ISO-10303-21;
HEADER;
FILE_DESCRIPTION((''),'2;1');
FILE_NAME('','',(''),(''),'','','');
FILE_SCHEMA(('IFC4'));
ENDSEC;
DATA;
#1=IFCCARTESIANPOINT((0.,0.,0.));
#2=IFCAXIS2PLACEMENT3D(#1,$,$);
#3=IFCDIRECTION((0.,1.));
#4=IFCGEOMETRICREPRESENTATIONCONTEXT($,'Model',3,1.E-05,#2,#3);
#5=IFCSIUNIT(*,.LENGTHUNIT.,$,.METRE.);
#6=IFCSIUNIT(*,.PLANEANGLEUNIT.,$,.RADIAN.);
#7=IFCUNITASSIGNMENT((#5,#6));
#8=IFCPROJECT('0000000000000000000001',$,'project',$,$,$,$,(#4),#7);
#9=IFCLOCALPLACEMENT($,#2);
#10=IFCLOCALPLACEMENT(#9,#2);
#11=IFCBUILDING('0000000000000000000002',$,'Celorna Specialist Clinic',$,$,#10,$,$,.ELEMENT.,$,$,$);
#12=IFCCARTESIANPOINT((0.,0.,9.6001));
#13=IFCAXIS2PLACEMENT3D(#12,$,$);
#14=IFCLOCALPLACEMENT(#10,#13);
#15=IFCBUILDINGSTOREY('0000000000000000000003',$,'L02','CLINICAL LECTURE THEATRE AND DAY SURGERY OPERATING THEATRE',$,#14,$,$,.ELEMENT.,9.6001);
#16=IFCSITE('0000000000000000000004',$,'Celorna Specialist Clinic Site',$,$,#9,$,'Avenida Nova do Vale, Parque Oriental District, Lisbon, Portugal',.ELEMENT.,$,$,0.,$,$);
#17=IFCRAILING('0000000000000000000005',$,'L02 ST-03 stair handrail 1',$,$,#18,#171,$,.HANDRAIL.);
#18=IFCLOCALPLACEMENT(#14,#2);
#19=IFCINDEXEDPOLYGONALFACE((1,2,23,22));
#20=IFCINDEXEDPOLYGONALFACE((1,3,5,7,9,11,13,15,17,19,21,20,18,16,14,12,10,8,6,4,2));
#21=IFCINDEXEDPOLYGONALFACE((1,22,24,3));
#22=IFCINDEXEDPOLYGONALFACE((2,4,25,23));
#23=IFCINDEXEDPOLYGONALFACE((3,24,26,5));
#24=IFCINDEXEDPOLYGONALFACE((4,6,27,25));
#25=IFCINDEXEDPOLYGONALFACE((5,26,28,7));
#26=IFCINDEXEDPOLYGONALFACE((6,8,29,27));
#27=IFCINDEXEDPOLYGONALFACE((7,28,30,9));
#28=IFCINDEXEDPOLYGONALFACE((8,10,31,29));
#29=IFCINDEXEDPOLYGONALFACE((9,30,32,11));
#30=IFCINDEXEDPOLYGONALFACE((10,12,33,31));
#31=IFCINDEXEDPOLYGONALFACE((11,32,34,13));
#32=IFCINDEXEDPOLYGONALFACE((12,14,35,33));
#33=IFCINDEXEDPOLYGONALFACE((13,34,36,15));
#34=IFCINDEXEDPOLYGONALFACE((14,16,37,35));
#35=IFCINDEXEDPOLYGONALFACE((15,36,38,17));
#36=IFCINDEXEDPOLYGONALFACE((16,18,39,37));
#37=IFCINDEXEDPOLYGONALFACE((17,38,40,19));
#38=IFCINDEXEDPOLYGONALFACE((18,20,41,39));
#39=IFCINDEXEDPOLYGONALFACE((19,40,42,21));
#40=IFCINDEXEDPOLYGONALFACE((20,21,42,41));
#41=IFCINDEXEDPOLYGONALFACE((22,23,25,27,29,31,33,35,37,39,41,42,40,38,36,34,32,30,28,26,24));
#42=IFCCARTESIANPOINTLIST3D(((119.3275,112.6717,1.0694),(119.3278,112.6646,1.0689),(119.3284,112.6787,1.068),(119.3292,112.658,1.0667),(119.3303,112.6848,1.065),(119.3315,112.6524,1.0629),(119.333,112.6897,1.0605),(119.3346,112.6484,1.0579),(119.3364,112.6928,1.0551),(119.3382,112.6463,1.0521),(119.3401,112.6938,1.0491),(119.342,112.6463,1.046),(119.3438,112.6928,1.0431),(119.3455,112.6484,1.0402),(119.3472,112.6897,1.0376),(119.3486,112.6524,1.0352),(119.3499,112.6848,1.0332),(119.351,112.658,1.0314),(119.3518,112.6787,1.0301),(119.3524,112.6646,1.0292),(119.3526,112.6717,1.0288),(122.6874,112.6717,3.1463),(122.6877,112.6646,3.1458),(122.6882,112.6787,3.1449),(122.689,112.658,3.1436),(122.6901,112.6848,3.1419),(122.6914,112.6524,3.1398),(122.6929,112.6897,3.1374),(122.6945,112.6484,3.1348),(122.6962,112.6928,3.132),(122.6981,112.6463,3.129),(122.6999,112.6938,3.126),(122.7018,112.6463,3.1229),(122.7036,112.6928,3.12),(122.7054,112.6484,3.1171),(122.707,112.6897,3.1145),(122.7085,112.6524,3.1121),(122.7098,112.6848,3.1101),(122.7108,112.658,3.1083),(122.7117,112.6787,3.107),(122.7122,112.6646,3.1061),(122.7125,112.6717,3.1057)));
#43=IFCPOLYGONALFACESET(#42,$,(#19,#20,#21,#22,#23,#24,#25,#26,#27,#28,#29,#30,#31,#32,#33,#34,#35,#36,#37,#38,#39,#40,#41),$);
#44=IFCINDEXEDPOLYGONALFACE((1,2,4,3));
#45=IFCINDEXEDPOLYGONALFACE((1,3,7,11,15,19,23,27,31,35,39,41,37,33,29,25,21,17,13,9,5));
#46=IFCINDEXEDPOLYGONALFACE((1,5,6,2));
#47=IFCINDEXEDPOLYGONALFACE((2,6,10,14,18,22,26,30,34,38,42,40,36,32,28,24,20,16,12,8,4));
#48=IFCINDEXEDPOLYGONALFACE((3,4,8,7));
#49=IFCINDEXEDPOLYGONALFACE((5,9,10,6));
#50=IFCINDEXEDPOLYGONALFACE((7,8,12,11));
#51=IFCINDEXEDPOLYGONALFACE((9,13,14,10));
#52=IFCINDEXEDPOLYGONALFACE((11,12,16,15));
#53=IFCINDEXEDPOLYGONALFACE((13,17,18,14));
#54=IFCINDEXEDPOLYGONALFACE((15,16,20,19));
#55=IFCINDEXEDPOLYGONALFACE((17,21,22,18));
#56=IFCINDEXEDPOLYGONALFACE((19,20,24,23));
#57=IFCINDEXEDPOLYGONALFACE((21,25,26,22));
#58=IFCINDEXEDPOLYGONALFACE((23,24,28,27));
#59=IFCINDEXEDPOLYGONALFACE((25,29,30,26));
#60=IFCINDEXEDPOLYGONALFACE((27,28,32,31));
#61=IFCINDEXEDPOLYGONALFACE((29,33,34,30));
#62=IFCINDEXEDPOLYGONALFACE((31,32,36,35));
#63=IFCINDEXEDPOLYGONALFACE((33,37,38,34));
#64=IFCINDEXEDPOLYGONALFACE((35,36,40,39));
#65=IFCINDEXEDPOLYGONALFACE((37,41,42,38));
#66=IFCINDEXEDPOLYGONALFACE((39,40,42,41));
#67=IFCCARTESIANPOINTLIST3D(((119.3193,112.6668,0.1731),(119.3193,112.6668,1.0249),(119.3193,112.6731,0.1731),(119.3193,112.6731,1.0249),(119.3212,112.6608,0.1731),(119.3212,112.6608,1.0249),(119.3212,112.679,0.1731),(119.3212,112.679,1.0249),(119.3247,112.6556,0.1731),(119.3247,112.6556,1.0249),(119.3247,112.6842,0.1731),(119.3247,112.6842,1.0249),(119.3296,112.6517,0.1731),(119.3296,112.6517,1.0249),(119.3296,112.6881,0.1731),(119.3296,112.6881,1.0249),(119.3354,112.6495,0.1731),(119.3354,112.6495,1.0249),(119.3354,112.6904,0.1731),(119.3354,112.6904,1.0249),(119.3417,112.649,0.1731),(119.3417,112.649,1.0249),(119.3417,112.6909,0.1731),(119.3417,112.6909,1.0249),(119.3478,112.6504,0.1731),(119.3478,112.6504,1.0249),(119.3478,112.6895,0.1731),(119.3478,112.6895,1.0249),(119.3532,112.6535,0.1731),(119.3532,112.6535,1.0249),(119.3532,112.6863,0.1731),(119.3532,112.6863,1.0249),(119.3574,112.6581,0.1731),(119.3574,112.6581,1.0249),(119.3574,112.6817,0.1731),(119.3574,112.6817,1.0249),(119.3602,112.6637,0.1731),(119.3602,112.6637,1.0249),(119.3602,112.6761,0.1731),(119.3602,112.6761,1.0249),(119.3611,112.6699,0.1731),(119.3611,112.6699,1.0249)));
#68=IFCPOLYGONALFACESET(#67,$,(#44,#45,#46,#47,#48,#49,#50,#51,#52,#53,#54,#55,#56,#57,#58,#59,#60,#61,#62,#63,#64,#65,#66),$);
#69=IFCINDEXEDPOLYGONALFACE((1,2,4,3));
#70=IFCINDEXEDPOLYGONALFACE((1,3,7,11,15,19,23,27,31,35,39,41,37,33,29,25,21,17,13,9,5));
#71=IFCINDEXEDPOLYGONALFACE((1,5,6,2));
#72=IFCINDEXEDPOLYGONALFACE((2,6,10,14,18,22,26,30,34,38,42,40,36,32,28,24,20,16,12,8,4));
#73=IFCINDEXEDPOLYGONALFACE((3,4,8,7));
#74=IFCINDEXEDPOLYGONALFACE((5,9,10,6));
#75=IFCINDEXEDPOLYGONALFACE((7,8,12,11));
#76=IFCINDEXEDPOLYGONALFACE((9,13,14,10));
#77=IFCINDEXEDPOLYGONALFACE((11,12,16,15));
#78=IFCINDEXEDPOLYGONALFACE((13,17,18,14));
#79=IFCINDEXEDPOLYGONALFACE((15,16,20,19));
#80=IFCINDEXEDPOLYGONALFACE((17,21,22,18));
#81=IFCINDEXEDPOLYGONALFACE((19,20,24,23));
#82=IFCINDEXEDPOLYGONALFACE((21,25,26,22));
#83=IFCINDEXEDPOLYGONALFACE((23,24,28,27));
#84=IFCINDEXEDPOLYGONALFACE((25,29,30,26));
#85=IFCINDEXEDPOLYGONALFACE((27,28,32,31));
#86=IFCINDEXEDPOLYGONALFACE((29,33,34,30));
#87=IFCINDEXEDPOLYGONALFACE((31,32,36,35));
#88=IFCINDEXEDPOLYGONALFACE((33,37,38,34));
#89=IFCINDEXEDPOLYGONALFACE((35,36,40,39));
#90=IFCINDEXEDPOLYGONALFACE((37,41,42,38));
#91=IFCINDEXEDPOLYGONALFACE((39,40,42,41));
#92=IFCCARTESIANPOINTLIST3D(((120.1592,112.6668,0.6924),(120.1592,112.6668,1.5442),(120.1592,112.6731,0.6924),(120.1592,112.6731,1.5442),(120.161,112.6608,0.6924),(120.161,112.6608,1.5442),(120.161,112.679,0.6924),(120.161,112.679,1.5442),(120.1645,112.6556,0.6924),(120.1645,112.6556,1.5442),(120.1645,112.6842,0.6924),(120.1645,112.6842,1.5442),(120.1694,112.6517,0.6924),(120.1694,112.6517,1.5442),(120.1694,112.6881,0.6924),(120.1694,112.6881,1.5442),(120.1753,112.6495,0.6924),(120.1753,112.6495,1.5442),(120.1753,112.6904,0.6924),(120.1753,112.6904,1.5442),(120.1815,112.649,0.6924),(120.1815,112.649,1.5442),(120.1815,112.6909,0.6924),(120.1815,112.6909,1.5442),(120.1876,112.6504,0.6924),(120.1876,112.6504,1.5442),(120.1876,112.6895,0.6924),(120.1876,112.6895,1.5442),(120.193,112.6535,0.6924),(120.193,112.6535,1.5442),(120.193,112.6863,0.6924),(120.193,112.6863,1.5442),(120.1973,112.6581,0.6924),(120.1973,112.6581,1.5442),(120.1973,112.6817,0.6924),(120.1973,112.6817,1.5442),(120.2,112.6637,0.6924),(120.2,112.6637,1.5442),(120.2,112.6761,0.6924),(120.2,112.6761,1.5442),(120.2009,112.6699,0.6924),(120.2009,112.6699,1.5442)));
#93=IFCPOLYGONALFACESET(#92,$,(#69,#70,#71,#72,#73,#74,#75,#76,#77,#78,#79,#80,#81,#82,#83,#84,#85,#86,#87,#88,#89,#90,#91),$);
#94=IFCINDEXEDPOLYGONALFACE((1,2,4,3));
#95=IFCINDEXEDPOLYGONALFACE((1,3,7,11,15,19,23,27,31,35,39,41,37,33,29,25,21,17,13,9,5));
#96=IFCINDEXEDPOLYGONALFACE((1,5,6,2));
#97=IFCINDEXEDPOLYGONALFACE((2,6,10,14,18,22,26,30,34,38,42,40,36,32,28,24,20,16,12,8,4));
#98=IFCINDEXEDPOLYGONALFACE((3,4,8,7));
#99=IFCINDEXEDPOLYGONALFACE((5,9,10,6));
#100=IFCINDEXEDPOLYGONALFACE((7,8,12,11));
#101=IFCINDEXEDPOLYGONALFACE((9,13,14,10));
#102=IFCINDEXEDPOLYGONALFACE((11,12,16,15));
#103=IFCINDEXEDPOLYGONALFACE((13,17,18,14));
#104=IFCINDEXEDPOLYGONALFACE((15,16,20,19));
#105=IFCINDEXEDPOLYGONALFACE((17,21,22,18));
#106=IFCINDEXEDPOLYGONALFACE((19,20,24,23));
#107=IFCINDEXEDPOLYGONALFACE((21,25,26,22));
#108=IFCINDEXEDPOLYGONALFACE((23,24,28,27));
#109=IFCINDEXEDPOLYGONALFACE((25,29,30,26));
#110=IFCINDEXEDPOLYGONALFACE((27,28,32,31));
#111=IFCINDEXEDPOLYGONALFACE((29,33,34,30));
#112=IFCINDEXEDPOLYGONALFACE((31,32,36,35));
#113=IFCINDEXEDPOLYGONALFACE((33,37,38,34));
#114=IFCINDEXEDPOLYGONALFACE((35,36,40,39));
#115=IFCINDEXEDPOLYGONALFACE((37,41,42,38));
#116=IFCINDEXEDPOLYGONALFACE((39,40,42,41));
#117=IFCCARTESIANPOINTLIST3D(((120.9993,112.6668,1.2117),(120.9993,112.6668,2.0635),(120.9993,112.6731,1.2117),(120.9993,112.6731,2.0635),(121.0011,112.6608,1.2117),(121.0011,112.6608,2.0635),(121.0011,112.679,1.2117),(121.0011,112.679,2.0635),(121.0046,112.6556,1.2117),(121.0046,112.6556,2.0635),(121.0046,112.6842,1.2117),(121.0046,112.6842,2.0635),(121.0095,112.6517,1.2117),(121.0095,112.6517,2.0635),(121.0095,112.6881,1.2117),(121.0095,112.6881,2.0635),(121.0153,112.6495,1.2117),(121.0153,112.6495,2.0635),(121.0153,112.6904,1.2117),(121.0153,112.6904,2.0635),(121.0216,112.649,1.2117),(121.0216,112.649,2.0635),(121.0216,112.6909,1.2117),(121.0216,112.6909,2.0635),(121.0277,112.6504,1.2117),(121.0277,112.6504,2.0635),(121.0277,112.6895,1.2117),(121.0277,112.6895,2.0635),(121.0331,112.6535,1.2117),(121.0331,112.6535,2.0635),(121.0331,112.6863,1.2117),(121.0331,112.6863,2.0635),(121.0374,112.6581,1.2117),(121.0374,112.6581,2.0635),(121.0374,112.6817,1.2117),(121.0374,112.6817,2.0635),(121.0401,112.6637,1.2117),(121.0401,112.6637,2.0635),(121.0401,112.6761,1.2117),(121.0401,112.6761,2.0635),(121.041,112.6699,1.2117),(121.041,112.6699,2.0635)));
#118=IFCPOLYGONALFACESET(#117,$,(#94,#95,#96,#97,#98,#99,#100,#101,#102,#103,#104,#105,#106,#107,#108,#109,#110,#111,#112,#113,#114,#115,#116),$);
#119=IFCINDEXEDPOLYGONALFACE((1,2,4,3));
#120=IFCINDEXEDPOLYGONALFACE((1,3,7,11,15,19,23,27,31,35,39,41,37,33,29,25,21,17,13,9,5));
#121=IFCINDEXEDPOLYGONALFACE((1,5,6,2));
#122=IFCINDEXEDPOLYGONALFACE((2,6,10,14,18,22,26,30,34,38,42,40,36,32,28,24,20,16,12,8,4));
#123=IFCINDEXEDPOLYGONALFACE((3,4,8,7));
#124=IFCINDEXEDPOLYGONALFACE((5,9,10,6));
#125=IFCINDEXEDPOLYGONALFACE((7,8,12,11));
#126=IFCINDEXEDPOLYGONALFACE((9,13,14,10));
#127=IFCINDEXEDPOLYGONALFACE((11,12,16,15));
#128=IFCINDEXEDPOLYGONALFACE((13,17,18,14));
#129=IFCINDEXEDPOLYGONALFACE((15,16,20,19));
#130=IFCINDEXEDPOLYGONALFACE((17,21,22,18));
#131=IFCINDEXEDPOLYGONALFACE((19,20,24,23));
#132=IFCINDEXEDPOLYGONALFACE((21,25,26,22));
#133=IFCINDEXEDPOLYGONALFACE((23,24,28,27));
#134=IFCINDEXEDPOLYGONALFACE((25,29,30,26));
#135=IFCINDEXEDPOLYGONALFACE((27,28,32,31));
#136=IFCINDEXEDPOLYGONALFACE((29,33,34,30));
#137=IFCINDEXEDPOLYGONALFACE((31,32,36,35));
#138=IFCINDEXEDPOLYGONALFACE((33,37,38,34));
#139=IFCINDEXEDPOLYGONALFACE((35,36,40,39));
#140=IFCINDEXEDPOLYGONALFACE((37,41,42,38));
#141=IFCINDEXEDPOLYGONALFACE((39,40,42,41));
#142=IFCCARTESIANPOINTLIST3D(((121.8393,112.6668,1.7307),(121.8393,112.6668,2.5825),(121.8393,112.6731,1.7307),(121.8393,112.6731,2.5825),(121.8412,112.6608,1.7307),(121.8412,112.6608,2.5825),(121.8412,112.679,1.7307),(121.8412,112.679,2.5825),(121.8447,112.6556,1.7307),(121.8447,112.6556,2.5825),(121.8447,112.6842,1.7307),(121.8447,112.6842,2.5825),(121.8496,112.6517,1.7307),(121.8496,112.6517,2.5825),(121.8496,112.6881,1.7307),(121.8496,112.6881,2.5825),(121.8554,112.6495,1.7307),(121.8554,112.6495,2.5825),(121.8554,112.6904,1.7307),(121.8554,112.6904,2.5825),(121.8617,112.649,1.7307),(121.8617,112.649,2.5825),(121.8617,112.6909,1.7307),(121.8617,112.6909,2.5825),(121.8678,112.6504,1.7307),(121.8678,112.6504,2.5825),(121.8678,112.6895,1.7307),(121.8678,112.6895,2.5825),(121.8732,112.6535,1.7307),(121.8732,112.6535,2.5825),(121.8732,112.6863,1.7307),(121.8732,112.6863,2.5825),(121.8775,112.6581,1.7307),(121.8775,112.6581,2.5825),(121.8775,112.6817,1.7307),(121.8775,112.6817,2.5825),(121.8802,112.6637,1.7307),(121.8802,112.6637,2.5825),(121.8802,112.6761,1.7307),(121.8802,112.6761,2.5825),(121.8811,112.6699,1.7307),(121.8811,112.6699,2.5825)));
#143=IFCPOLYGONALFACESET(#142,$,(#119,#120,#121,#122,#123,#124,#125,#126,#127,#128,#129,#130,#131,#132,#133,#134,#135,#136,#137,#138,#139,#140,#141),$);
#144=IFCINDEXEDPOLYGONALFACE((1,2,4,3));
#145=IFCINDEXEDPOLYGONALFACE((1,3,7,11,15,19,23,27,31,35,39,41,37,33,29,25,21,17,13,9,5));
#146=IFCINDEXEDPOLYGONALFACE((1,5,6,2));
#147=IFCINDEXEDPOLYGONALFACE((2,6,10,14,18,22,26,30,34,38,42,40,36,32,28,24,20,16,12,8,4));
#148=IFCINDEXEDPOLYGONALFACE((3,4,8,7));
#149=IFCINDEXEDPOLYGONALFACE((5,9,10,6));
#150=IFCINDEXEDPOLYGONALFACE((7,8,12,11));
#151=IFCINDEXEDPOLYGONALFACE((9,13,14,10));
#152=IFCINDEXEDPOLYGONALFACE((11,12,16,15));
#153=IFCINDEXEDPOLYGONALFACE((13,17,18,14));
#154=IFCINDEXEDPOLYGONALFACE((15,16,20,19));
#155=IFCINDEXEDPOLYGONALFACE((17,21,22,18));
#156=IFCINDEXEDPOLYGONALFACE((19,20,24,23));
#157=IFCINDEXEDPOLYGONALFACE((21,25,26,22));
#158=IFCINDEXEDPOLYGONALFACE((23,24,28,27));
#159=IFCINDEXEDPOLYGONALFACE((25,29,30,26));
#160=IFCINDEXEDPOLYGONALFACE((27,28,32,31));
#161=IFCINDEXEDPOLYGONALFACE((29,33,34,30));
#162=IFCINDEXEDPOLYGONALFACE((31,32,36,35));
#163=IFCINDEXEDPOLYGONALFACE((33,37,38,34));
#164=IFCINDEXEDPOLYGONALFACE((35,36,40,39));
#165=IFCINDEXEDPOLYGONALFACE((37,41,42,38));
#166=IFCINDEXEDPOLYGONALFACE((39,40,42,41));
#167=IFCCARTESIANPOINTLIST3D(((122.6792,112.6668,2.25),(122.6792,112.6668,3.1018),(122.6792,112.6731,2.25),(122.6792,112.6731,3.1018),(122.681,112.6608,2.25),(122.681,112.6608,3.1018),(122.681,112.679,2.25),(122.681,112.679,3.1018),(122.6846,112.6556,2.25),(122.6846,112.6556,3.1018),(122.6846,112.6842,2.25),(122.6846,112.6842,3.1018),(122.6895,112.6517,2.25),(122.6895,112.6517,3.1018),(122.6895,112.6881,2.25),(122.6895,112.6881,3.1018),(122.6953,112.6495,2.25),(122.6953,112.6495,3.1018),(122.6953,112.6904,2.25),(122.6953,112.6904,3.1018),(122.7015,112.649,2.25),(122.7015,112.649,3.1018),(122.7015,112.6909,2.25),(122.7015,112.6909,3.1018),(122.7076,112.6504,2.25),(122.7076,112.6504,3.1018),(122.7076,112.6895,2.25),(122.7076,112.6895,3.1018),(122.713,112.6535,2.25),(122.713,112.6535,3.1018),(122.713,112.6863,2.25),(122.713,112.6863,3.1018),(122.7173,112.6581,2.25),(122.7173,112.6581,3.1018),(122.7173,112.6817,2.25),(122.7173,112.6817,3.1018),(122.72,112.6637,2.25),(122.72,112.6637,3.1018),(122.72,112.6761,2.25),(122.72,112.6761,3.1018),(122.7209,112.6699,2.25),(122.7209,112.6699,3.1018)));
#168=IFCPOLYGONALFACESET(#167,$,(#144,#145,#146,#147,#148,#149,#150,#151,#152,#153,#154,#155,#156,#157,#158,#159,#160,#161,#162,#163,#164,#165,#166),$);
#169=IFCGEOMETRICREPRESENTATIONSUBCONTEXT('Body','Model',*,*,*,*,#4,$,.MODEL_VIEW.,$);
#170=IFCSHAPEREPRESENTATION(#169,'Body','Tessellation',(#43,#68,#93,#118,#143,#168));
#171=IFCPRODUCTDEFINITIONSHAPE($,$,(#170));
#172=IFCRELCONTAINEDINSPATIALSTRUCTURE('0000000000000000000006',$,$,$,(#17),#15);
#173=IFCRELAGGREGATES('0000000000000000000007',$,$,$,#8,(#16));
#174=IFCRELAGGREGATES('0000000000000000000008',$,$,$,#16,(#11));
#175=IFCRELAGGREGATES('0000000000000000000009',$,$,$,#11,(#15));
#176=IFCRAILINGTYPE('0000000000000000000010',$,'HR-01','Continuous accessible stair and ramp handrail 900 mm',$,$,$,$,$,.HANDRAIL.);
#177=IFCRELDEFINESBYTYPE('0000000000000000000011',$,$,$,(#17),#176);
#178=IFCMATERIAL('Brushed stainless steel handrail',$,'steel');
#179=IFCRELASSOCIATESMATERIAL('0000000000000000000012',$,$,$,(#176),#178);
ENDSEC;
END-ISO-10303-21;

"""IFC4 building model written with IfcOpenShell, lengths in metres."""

from ifc_helpers import new_model, si_unit, direction, frame, origin, origin_2d, place, context, subcontext, project, spatial, circle, extrude, material, type_object, element, save


model = new_model("IFC4")

# Units and contexts
model_context = context("Model", 3, precision=1e-05, world=origin(), true_north=direction((0.0, 1.0)))
body_context = subcontext(model_context, "Body", "Model", "MODEL_VIEW")
ifc_project = project(units=[si_unit("LENGTHUNIT", "METRE"), si_unit("PLANEANGLEUNIT", "RADIAN")], contexts=[model_context])

# Site, building, storey
site_placement = place(None, origin())
site = spatial("IfcSite", under=ifc_project, at=site_placement, Name="Celorna Specialist Clinic Site", LongName="Avenida Nova do Vale, Parque Oriental District, Lisbon, Portugal", CompositionType="ELEMENT", RefElevation=0.0)
building_placement = place(site_placement, origin())
building = spatial("IfcBuilding", under=site, at=building_placement, Name="Celorna Specialist Clinic", CompositionType="ELEMENT")
storey_placement = place(building_placement, frame((0.0, 0.0, 9.6001)))
storey = spatial("IfcBuildingStorey", under=building, at=storey_placement, Name="L02", Description="CLINICAL LECTURE THEATRE AND DAY SURGERY OPERATING THEATRE", CompositionType="ELEMENT", Elevation=9.6001)

# Railing
ifc_material_1 = material(Name="Brushed stainless steel handrail", Category="steel")
railing_type_1 = type_object("IfcRailingType", Name="HR-01", Description="Continuous accessible stair and ramp handrail 900 mm", PredefinedType="HANDRAIL", material=ifc_material_1)
railing_1_placement = place(storey_placement, frame((119.3401, 112.6699, 0.1731)))
element("IfcRailing", 1, at=railing_1_placement, inside=storey, type_object=railing_type_1, Name="L02 ST-03 stair handrail 1", PredefinedType="HANDRAIL", context=body_context, shape_type="SweptSolid", body=[
    extrude(circle(Radius=0.0239, at=origin_2d()), frame((0.0, 0.0, 0.876), z_axis=(0.850606, 0.0, 0.525803), x_axis=(0.0, 1.0, 0.0)), (0.0, 0.0, 1.0), 3.95),
    extrude(circle(Radius=0.021, at=origin_2d()), origin(), (0.0, 0.0, 1.0), 0.8518),
    extrude(circle(Radius=0.021, at=origin_2d()), frame((0.8398, 0.0, 0.5193)), (0.0, 0.0, 1.0), 0.8518),
    extrude(circle(Radius=0.021, at=origin_2d()), frame((1.6799, 0.0, 1.0386)), (0.0, 0.0, 1.0), 0.8518),
    extrude(circle(Radius=0.021, at=origin_2d()), frame((2.52, 0.0, 1.5576)), (0.0, 0.0, 1.0), 0.8518),
    extrude(circle(Radius=0.021, at=origin_2d()), frame((3.3599, 0.0, 2.0769)), (0.0, 0.0, 1.0), 0.8518),
])

save(model, "model.ifc")
